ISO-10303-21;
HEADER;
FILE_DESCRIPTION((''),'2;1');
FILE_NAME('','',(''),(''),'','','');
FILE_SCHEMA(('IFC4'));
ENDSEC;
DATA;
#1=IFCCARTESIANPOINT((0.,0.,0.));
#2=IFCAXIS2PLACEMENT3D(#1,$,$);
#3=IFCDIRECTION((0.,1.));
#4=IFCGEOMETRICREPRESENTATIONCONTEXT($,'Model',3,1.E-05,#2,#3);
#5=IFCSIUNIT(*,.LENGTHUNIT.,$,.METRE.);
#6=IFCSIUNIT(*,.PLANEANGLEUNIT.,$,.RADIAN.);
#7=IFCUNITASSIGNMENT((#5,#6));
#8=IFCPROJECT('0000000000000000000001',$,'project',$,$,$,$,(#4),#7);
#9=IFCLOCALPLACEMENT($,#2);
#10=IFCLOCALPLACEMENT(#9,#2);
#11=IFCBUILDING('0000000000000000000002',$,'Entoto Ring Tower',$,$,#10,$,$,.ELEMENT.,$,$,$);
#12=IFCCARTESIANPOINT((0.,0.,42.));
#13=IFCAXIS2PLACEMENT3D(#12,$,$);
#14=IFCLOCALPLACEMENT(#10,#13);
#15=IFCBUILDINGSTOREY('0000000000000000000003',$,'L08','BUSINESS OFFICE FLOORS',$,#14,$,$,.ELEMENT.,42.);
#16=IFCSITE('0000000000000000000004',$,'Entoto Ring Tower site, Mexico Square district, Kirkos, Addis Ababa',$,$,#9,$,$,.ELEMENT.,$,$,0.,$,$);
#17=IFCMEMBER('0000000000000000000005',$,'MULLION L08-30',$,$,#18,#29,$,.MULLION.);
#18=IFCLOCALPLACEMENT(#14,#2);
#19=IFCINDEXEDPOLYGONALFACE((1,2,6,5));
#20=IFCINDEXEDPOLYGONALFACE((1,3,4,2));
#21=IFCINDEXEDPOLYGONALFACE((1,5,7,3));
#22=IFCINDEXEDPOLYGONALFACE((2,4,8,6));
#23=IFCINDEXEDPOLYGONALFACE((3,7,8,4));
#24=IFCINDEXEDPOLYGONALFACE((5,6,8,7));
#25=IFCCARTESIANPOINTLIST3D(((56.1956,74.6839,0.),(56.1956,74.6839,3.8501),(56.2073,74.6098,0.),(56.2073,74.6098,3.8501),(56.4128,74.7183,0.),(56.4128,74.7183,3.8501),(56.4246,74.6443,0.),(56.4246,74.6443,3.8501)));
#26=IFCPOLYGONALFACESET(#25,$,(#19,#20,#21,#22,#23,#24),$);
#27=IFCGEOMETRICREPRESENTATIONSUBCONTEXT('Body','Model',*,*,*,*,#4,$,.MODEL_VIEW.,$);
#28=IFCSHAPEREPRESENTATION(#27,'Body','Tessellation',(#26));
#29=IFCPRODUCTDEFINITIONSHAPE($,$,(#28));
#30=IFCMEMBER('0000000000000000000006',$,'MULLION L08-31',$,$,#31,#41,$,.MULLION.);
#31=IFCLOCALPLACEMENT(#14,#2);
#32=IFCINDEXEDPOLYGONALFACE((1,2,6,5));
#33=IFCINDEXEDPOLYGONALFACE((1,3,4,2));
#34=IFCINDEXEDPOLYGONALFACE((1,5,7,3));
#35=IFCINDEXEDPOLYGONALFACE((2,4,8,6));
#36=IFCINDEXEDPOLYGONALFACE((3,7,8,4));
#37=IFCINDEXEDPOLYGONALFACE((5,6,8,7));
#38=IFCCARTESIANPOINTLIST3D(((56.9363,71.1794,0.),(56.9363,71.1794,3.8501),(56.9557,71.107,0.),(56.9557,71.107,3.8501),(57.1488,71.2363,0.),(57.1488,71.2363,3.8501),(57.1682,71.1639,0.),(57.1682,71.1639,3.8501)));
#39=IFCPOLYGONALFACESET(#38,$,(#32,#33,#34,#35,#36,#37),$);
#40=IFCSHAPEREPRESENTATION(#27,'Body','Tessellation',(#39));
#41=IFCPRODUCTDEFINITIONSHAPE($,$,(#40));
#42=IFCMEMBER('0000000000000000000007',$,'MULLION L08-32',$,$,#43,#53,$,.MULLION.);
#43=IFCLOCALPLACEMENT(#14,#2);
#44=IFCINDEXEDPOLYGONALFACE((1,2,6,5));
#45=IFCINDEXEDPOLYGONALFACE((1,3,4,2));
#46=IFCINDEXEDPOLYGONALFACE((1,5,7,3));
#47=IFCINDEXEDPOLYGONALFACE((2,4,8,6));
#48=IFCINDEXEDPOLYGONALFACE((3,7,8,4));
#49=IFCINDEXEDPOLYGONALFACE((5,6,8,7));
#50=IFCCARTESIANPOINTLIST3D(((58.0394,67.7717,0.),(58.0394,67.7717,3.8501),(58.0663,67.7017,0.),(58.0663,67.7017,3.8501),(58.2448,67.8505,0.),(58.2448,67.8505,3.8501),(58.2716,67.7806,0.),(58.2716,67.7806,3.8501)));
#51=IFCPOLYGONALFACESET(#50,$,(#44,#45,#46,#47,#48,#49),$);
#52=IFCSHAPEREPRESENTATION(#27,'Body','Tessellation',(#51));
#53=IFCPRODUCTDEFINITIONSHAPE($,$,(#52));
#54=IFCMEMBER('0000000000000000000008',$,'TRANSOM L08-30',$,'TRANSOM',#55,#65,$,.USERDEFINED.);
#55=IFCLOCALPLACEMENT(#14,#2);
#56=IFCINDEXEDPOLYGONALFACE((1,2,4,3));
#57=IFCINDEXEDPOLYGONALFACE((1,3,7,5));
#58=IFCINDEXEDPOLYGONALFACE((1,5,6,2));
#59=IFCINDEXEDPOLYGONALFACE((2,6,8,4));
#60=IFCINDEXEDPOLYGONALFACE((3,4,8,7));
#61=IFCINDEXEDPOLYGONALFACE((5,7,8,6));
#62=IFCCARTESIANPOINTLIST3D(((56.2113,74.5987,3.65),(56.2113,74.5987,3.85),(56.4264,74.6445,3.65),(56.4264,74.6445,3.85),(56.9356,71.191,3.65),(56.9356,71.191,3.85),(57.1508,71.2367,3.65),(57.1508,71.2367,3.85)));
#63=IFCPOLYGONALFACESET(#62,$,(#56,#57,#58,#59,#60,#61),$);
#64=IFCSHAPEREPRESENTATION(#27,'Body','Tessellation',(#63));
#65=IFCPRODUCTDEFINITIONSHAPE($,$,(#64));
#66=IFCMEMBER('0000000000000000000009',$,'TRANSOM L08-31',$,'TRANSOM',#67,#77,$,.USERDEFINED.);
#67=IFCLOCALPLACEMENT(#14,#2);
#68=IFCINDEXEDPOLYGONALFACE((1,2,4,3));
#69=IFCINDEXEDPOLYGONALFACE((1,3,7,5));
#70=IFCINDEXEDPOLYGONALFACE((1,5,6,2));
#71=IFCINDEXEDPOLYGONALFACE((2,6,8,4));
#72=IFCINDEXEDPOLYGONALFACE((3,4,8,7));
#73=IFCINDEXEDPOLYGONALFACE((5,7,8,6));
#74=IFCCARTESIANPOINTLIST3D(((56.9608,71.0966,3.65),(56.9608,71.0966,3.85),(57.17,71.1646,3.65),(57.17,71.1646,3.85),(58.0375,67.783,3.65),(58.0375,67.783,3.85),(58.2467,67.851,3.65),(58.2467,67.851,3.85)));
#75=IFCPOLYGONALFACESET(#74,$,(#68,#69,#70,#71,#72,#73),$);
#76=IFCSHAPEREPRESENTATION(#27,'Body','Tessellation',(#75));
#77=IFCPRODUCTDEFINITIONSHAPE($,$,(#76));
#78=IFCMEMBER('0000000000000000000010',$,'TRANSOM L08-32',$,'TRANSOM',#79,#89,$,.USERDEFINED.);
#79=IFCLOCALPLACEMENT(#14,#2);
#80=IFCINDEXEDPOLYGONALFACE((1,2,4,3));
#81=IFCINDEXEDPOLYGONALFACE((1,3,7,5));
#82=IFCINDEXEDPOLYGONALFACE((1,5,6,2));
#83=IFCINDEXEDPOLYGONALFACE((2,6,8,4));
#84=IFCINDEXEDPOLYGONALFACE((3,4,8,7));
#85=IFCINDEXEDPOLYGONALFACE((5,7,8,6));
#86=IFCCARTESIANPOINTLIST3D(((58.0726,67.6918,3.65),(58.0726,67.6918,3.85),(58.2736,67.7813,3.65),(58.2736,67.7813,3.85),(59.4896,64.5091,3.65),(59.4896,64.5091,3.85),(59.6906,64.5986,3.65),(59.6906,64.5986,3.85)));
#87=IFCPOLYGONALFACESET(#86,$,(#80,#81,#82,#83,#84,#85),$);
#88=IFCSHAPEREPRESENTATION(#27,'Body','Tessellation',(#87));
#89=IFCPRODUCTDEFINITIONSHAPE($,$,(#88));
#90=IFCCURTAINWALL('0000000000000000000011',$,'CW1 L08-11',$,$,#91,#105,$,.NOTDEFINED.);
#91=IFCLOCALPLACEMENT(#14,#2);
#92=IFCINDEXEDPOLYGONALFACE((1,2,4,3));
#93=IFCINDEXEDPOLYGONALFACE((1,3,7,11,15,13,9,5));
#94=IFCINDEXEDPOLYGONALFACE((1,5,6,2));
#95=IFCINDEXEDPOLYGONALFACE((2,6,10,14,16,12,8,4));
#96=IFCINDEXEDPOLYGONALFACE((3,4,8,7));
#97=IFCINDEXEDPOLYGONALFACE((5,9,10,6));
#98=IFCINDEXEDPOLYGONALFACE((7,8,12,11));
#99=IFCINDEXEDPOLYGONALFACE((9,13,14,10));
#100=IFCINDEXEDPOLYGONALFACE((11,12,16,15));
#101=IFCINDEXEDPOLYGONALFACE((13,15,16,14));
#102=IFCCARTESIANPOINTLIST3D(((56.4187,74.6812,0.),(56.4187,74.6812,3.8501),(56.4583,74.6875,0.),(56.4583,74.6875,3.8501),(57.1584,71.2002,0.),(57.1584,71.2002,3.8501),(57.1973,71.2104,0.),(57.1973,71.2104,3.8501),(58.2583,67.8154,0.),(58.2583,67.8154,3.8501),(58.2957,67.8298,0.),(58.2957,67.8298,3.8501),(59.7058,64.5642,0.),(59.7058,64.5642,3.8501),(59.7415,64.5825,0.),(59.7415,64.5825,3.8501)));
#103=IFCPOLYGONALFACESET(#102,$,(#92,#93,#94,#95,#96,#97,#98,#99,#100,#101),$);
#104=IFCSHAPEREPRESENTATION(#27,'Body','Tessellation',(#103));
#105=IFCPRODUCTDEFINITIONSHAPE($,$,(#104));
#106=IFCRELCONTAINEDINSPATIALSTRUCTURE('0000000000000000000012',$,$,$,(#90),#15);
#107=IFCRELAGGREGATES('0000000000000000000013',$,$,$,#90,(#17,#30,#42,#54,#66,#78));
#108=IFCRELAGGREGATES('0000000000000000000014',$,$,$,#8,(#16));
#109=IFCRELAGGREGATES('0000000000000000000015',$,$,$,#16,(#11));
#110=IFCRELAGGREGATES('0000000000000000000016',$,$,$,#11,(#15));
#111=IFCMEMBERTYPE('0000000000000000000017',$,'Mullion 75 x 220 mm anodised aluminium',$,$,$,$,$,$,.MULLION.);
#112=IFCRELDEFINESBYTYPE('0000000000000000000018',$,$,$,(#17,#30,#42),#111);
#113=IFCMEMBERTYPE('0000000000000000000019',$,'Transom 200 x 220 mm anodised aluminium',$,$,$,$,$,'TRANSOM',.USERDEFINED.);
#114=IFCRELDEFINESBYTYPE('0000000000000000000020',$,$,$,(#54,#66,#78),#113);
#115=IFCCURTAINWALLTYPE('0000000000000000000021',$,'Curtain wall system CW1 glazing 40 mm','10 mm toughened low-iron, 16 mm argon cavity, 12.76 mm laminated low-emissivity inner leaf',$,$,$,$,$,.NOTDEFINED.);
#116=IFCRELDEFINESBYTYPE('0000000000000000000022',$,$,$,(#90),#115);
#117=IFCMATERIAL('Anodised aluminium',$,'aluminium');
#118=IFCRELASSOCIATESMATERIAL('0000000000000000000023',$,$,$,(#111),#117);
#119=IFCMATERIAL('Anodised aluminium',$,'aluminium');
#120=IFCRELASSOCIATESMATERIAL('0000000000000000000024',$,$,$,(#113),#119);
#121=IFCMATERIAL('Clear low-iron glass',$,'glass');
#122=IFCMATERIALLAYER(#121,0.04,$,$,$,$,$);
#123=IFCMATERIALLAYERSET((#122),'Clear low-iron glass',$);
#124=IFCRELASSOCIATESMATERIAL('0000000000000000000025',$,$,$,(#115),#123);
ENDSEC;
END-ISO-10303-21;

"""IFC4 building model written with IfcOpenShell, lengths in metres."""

from ifc_helpers import new_model, si_unit, direction, frame, origin, origin_2d, place, context, subcontext, project, spatial, polyline, rectangle, outline, extrude, material, layer, layer_set, material_profile, profile_set, type_object, element, aggregate, save


model = new_model("IFC4")

# Units and contexts
model_context = context("Model", 3, precision=1e-05, world=origin(), true_north=direction((0.0, 1.0)))
body_context = subcontext(model_context, "Body", "Model", "MODEL_VIEW")
ifc_project = project(units=[si_unit("LENGTHUNIT", "METRE"), si_unit("PLANEANGLEUNIT", "RADIAN")], contexts=[model_context])

# Members
ifc_material_1 = material(Name="Anodised aluminium", Category="aluminium")
ifc_material_profile_1 = material_profile(ifc_material_1, rectangle(XDim=0.075, YDim=0.22, at=origin_2d()), Name="Mullion 75 x 220 mm anodised aluminium")
ifc_profile_set_1 = profile_set([ifc_material_profile_1], Name="Anodised aluminium")
member_type_1 = type_object("IfcMemberType", Name="Mullion 75 x 220 mm anodised aluminium", PredefinedType="MULLION", material=ifc_profile_set_1)
site_placement = place(None, origin())
building_placement = place(site_placement, origin())
storey_placement = place(building_placement, frame((0.0, 0.0, 42.0)))
member_1_placement = place(storey_placement, frame((56.3101, 74.6641, 0.0), z_axis=(0.0, 0.0, 1.0), x_axis=(0.156434, -0.987688, 0.0)))
member_1 = element("IfcMember", 1, at=member_1_placement, type_object=member_type_1, Name="MULLION L08-30", PredefinedType="MULLION", context=body_context, shape_type="SweptSolid", body=[
    extrude(rectangle(XDim=0.075, YDim=0.22, at=origin_2d()), origin(), (0.0, 0.0, 1.0), 3.8501),
])
member_2_placement = place(storey_placement, frame((57.0522, 71.1716, 0.0), z_axis=(0.0, 0.0, 1.0), x_axis=(0.258819, -0.965926, 0.0)))
member_2 = element("IfcMember", 2, at=member_2_placement, type_object=member_type_1, Name="MULLION L08-31", PredefinedType="MULLION", context=body_context, shape_type="SweptSolid", body=[
    extrude(rectangle(XDim=0.075, YDim=0.22, at=origin_2d()), origin(), (0.0, 0.0, 1.0), 3.8501),
])
member_3_placement = place(storey_placement, frame((58.1555, 67.7761, 0.0), z_axis=(0.0, 0.0, 1.0), x_axis=(0.358368, -0.93358, 0.0)))
member_3 = element("IfcMember", 3, at=member_3_placement, type_object=member_type_1, Name="MULLION L08-32", PredefinedType="MULLION", context=body_context, shape_type="SweptSolid", body=[
    extrude(rectangle(XDim=0.075, YDim=0.22, at=origin_2d()), origin(), (0.0, 0.0, 1.0), 3.8501),
])
ifc_material_2 = material(Name="Anodised aluminium", Category="aluminium")
ifc_material_profile_2 = material_profile(ifc_material_2, rectangle(XDim=0.22, YDim=0.2, at=origin_2d()), Name="Transom 200 x 220 mm anodised aluminium")
ifc_profile_set_2 = profile_set([ifc_material_profile_2], Name="Anodised aluminium")
member_type_2 = type_object("IfcMemberType", Name="Transom 200 x 220 mm anodised aluminium", ElementType="TRANSOM", PredefinedType="USERDEFINED", material=ifc_profile_set_2)
member_4_placement = place(storey_placement, frame((56.3188, 74.6216, 3.75), z_axis=(0.207921, -0.978146, 0.0), x_axis=(0.978146, 0.207921, 0.0)))
member_4 = element("IfcMember", 4, at=member_4_placement, type_object=member_type_2, Name="TRANSOM L08-30", ObjectType="TRANSOM", PredefinedType="USERDEFINED", context=body_context, shape_type="SweptSolid", body=[
    extrude(rectangle(XDim=0.22, YDim=0.2, at=origin_2d()), origin(), (0.0, 0.0, 1.0), 3.4839),
])
member_5_placement = place(storey_placement, frame((57.0654, 71.1306, 3.75), z_axis=(0.309029, -0.951053, 0.0), x_axis=(0.951053, 0.309029, 0.0)))
member_5 = element("IfcMember", 5, at=member_5_placement, type_object=member_type_2, Name="TRANSOM L08-31", ObjectType="TRANSOM", PredefinedType="USERDEFINED", context=body_context, shape_type="SweptSolid", body=[
    extrude(rectangle(XDim=0.22, YDim=0.2, at=origin_2d()), origin(), (0.0, 0.0, 1.0), 3.4841),
])
member_6_placement = place(storey_placement, frame((58.1731, 67.7366, 3.75), z_axis=(0.406737, -0.913545, 0.0), x_axis=(0.913545, 0.406737, 0.0)))
member_6 = element("IfcMember", 6, at=member_6_placement, type_object=member_type_2, Name="TRANSOM L08-32", ObjectType="TRANSOM", PredefinedType="USERDEFINED", context=body_context, shape_type="SweptSolid", body=[
    extrude(rectangle(XDim=0.22, YDim=0.2, at=origin_2d()), origin(), (0.0, 0.0, 1.0), 3.4839),
])

# Site, building, storey
site = spatial("IfcSite", under=ifc_project, at=site_placement, Name="Entoto Ring Tower site, Mexico Square district, Kirkos, Addis Ababa", CompositionType="ELEMENT", RefElevation=0.0)
building = spatial("IfcBuilding", under=site, at=building_placement, Name="Entoto Ring Tower", CompositionType="ELEMENT")
storey = spatial("IfcBuildingStorey", under=building, at=storey_placement, Name="L08", Description="BUSINESS OFFICE FLOORS", CompositionType="ELEMENT", Elevation=42.0)

# Curtain wall
ifc_material_3 = material(Name="Clear low-iron glass", Category="glass")
ifc_layer = layer(ifc_material_3, 0.04)
ifc_layer_set = layer_set([ifc_layer], Name="Clear low-iron glass")
curtain_wall_type = type_object("IfcCurtainWallType", Name="Curtain wall system CW1 glazing 40 mm", Description="10 mm toughened low-iron, 16 mm argon cavity, 12.76 mm laminated low-emissivity inner leaf", PredefinedType="NOTDEFINED", material=ifc_layer_set)
curtain_wall_1_placement = place(storey_placement, origin())
curtain_wall_1 = element("IfcCurtainWall", 7, at=curtain_wall_1_placement, inside=storey, type_object=curtain_wall_type, Name="CW1 L08-11", PredefinedType="NOTDEFINED", context=body_context, shape_type="SweptSolid", body=[
    extrude(outline(polyline([(56.4187, 74.6812), (57.1584, 71.2002), (58.2583, 67.8154), (59.7058, 64.5642), (59.7415, 64.5825), (58.2957, 67.8298), (57.1973, 71.2104), (56.4583, 74.6875), (56.4187, 74.6812)])), origin(), (0.0, 0.0, 1.0), 3.8501),
])
aggregate(curtain_wall_1, [member_1, member_2, member_3, member_4, member_5, member_6])

save(model, "model.ifc")
